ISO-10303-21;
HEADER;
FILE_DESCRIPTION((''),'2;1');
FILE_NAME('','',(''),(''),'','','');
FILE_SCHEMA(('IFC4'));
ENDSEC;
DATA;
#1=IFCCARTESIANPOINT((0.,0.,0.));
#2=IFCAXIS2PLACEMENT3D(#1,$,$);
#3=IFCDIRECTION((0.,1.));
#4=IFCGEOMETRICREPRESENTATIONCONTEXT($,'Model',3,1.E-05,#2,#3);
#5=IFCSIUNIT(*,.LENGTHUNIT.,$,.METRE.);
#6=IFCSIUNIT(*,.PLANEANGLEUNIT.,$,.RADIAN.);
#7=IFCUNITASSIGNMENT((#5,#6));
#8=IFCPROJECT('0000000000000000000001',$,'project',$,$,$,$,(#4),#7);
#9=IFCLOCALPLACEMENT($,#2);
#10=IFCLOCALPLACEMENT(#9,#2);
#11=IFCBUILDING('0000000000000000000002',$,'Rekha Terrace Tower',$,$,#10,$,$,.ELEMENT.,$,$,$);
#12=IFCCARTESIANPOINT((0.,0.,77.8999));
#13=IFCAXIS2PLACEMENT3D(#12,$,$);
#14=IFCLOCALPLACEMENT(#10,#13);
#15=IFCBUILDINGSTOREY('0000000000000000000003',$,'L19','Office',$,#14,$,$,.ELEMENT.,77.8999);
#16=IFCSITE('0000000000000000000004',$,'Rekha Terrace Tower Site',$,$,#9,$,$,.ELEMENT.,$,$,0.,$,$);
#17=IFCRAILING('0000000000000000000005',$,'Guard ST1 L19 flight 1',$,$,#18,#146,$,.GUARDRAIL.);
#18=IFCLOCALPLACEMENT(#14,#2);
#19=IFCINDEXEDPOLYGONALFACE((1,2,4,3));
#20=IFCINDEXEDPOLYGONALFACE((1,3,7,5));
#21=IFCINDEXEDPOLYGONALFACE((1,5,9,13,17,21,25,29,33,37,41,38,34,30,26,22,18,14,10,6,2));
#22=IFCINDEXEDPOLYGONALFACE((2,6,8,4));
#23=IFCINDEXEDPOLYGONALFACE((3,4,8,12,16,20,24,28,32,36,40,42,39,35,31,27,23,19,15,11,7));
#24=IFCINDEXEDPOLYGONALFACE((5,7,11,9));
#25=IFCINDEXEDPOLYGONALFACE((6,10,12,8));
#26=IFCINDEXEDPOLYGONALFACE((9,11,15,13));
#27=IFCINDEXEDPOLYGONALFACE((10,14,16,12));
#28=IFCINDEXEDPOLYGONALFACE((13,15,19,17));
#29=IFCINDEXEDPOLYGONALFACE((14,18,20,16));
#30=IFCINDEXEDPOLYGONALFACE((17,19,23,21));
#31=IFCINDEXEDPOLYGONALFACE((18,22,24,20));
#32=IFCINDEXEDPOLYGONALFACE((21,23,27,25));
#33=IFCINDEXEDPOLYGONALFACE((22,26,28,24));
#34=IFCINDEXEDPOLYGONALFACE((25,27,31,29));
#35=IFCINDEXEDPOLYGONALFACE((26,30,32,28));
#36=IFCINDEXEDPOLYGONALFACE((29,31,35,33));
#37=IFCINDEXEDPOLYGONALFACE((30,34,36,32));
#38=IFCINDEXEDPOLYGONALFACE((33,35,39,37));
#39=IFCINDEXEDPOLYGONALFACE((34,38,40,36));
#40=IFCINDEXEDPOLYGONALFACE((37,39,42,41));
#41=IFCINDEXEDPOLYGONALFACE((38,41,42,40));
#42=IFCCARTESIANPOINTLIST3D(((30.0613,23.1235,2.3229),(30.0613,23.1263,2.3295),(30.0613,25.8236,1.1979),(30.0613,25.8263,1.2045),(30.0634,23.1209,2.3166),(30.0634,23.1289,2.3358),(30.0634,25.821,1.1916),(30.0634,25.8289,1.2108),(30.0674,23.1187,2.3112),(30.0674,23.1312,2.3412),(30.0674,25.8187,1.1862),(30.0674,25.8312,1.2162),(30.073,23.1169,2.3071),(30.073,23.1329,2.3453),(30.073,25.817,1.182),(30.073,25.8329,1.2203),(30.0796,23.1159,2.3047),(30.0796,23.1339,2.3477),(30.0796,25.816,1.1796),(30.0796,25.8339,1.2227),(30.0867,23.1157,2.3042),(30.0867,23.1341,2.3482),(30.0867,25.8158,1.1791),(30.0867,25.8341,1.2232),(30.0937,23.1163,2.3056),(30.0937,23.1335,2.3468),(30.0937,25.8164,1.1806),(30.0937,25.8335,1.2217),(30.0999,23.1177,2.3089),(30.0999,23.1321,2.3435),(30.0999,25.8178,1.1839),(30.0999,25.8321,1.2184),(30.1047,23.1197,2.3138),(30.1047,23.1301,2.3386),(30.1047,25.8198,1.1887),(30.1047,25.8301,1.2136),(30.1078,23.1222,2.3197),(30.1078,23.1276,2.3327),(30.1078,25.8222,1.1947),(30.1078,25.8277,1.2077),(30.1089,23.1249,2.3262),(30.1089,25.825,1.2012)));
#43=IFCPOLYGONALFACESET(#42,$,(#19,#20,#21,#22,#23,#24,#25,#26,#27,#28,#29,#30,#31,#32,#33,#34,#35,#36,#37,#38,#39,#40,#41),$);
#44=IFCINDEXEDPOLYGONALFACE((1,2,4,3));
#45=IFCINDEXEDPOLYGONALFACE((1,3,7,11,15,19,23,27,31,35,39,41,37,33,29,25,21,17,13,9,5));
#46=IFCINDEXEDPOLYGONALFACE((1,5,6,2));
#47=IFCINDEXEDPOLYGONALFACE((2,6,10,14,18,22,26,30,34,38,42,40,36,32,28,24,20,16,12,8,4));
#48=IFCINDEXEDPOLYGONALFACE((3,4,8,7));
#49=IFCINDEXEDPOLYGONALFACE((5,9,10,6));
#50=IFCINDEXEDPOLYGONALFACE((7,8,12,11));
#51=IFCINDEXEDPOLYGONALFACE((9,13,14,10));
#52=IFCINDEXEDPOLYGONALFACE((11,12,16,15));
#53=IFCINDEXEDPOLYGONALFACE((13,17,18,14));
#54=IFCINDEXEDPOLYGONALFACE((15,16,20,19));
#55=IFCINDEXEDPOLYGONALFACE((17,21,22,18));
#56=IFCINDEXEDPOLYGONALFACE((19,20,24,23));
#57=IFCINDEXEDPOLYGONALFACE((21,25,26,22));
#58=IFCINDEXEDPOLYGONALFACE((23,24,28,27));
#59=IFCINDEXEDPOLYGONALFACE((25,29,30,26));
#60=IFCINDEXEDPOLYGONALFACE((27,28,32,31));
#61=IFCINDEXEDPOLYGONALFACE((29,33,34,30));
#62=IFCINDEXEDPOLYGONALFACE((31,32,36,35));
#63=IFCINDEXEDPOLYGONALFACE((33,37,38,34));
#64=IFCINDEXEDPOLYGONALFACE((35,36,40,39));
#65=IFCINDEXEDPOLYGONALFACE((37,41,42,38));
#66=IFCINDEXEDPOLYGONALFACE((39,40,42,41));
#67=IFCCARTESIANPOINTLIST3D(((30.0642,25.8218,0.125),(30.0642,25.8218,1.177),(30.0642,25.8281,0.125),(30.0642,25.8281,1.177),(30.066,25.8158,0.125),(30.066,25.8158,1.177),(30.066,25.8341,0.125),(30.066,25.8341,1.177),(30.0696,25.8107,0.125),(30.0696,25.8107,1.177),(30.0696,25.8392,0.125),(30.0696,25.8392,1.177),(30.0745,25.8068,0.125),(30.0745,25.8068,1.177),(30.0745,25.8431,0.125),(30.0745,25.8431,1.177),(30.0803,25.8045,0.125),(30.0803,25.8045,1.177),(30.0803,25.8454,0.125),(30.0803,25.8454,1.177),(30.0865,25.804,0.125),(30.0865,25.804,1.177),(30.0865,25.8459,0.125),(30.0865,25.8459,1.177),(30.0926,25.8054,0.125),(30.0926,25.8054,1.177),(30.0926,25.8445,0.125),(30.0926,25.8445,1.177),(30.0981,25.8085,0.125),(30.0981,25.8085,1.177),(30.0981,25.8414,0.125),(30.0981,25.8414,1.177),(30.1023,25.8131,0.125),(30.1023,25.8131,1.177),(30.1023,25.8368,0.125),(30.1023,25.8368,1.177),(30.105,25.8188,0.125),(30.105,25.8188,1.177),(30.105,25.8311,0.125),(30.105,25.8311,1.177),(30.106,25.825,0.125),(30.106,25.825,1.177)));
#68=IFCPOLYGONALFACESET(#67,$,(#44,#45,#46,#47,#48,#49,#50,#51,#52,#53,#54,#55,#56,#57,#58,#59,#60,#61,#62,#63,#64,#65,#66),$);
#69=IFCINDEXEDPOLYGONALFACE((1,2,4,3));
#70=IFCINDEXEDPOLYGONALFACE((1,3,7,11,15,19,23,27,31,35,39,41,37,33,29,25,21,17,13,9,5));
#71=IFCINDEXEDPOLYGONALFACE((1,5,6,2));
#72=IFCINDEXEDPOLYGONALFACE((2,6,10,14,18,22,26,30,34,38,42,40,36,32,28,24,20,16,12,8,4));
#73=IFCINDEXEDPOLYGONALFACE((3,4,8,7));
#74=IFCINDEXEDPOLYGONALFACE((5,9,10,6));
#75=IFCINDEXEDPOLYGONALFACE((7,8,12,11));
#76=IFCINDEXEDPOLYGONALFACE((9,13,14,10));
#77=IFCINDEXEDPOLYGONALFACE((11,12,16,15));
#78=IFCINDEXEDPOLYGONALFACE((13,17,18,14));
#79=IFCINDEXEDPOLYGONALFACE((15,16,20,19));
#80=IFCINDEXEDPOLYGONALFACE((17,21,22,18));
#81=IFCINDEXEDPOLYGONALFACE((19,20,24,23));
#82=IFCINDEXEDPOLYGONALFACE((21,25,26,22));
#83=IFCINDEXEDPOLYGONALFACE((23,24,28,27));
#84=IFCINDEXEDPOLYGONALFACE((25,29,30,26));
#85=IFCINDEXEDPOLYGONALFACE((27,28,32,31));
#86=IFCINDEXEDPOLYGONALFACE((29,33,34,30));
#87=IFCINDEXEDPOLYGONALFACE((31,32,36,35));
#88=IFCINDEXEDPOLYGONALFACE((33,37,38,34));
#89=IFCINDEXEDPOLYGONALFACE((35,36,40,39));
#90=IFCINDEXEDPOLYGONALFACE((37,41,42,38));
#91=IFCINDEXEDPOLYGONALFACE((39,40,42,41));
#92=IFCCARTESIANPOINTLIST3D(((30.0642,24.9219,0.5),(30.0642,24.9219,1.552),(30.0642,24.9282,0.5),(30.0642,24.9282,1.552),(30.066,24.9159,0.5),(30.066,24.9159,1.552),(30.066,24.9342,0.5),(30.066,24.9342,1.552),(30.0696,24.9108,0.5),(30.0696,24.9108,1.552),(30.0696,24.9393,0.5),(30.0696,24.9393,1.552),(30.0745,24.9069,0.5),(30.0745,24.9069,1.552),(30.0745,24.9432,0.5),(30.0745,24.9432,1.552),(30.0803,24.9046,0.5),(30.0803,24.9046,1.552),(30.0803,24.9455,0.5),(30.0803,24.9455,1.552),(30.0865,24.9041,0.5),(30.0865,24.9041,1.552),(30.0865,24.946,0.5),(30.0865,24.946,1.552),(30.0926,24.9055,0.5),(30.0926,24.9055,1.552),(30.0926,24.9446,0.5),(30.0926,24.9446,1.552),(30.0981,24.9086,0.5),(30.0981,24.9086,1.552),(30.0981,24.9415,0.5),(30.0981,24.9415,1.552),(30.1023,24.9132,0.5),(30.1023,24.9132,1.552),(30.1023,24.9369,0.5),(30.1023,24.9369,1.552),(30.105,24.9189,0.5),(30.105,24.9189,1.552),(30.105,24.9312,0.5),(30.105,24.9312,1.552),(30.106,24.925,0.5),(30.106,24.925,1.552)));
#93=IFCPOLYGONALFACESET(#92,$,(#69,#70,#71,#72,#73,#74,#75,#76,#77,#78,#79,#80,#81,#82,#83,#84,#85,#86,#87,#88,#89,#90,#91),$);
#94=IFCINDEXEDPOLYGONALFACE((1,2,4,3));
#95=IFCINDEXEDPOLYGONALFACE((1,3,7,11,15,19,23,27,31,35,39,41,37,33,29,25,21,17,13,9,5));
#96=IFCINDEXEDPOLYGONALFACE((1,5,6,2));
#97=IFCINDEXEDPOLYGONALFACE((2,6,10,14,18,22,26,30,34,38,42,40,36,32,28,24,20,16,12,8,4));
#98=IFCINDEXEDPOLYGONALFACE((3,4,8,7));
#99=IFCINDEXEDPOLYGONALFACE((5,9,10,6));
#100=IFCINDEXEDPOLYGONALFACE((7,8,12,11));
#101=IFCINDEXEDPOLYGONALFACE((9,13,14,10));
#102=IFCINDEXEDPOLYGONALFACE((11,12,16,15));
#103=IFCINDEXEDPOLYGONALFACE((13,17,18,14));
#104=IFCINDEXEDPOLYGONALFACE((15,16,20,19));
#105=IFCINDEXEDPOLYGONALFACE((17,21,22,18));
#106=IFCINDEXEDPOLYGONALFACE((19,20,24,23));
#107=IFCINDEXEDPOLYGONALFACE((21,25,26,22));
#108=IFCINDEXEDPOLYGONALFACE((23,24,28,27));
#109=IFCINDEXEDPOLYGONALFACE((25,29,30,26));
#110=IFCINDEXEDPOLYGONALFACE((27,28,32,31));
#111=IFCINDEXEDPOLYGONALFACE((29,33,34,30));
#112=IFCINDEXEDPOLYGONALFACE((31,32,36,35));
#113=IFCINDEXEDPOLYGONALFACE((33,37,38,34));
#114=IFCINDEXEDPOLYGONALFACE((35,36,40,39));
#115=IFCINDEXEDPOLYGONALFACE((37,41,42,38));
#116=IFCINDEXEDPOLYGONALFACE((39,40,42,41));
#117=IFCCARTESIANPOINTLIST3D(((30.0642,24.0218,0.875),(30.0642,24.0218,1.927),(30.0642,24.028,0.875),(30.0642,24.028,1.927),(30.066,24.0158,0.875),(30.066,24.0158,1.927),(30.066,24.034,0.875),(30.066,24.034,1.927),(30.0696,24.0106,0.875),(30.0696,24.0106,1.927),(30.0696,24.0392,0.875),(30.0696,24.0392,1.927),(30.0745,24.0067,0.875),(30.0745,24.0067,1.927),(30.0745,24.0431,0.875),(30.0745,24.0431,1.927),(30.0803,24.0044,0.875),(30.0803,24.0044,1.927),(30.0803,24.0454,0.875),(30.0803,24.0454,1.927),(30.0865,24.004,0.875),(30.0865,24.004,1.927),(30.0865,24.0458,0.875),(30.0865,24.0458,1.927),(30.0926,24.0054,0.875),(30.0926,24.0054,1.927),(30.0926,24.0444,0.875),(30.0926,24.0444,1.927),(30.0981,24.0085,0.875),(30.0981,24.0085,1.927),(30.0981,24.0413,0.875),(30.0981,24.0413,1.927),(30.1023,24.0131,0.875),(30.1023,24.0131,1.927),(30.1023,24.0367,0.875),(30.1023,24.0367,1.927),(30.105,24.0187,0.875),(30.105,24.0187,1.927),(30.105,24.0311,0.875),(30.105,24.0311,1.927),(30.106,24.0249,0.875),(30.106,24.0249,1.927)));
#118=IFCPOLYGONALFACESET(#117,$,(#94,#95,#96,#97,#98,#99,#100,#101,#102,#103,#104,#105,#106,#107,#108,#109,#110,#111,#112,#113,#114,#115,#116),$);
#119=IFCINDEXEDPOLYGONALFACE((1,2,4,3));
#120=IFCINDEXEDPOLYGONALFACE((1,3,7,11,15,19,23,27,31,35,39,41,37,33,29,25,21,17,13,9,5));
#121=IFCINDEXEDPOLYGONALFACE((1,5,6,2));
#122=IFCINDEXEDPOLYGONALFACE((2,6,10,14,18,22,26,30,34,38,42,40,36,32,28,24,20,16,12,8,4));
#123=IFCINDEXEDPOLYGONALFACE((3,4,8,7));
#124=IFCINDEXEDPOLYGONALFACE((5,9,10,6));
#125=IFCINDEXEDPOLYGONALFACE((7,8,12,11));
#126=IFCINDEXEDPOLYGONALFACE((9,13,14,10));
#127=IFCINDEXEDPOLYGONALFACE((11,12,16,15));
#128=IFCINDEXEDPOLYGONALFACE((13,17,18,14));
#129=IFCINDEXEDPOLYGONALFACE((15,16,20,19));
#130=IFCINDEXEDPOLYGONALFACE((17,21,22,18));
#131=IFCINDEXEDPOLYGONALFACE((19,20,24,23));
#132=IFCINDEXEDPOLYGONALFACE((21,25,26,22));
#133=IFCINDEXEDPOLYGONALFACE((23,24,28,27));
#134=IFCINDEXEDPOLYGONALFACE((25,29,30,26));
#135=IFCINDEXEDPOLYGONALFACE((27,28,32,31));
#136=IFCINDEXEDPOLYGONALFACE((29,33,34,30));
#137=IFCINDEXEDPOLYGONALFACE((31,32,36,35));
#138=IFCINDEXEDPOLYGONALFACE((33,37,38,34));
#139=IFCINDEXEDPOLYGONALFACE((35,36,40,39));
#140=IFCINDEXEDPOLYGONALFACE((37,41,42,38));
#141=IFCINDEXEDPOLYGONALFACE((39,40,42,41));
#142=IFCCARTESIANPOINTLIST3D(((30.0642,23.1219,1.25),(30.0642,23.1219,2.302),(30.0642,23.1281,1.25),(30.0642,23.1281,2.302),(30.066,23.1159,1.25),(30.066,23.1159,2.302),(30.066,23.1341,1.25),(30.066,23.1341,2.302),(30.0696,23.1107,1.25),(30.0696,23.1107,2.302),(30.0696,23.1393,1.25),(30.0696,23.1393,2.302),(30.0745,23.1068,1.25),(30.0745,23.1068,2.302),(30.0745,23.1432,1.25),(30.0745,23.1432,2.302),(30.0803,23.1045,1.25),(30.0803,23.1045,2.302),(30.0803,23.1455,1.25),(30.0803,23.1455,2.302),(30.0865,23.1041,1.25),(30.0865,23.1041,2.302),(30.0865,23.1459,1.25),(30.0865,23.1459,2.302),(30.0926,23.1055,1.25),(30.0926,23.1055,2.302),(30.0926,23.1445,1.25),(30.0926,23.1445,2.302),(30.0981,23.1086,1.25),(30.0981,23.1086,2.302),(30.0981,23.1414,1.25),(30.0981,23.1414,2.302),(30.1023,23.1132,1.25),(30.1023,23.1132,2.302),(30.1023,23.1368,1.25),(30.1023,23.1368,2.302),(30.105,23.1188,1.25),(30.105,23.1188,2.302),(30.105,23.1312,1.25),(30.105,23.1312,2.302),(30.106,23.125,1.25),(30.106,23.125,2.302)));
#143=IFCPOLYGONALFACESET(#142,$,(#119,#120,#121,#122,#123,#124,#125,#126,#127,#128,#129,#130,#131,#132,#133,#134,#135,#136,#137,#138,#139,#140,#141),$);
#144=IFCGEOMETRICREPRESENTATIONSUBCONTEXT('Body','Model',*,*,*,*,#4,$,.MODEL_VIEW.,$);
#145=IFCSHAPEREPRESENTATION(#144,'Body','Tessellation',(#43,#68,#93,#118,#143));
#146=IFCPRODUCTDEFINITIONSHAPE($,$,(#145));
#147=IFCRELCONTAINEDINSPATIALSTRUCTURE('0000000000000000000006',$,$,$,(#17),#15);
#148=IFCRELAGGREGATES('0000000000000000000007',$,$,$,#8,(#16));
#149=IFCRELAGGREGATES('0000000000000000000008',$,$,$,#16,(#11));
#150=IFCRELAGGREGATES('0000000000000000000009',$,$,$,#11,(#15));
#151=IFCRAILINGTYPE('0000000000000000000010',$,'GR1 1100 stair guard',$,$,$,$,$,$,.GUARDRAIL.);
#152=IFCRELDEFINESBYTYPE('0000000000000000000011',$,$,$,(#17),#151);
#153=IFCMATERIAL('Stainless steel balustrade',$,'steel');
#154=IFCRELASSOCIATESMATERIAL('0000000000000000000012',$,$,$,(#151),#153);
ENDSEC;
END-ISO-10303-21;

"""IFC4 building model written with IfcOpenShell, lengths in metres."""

from ifc_helpers import new_model, si_unit, direction, frame, origin, origin_2d, place, context, subcontext, project, spatial, circle, extrude, material, type_object, element, save


model = new_model("IFC4")

# Units and contexts
model_context = context("Model", 3, precision=1e-05, world=origin(), true_north=direction((0.0, 1.0)))
body_context = subcontext(model_context, "Body", "Model", "MODEL_VIEW")
ifc_project = project(units=[si_unit("LENGTHUNIT", "METRE"), si_unit("PLANEANGLEUNIT", "RADIAN")], contexts=[model_context])

# Site, building, storey
site_placement = place(None, origin())
site = spatial("IfcSite", under=ifc_project, at=site_placement, Name="Rekha Terrace Tower Site", CompositionType="ELEMENT", RefElevation=0.0)
building_placement = place(site_placement, origin())
building = spatial("IfcBuilding", under=site, at=building_placement, Name="Rekha Terrace Tower", CompositionType="ELEMENT")
storey_placement = place(building_placement, frame((0.0, 0.0, 77.8999)))
storey = spatial("IfcBuildingStorey", under=building, at=storey_placement, Name="L19", Description="Office", CompositionType="ELEMENT", Elevation=77.8999)

# Railing
ifc_material_1 = material(Name="Stainless steel balustrade", Category="steel")
railing_type_1 = type_object("IfcRailingType", Name="GR1 1100 stair guard", PredefinedType="GUARDRAIL", material=ifc_material_1)
railing_1_placement = place(storey_placement, frame((30.085, 25.825, 0.125)))
element("IfcRailing", 1, at=railing_1_placement, inside=storey, type_object=railing_type_1, Name="Guard ST1 L19 flight 1", PredefinedType="GUARDRAIL", context=body_context, shape_type="SweptSolid", body=[
    extrude(circle(Radius=0.0239, at=origin_2d()), frame((0.0, 0.0, 1.0762), z_axis=(0.0, -0.923074, 0.384621), x_axis=(1.0, 0.0, 0.0)), (0.0, 0.0, 1.0), 2.925),
    extrude(circle(Radius=0.021, at=origin_2d()), origin(), (0.0, 0.0, 1.0), 1.052),
    extrude(circle(Radius=0.021, at=origin_2d()), frame((0.0, -0.8999, 0.375)), (0.0, 0.0, 1.0), 1.052),
    extrude(circle(Radius=0.021, at=origin_2d()), frame((0.0, -1.8, 0.75)), (0.0, 0.0, 1.0), 1.052),
    extrude(circle(Radius=0.021, at=origin_2d()), frame((0.0, -2.7, 1.125)), (0.0, 0.0, 1.0), 1.052),
])

save(model, "model.ifc")
